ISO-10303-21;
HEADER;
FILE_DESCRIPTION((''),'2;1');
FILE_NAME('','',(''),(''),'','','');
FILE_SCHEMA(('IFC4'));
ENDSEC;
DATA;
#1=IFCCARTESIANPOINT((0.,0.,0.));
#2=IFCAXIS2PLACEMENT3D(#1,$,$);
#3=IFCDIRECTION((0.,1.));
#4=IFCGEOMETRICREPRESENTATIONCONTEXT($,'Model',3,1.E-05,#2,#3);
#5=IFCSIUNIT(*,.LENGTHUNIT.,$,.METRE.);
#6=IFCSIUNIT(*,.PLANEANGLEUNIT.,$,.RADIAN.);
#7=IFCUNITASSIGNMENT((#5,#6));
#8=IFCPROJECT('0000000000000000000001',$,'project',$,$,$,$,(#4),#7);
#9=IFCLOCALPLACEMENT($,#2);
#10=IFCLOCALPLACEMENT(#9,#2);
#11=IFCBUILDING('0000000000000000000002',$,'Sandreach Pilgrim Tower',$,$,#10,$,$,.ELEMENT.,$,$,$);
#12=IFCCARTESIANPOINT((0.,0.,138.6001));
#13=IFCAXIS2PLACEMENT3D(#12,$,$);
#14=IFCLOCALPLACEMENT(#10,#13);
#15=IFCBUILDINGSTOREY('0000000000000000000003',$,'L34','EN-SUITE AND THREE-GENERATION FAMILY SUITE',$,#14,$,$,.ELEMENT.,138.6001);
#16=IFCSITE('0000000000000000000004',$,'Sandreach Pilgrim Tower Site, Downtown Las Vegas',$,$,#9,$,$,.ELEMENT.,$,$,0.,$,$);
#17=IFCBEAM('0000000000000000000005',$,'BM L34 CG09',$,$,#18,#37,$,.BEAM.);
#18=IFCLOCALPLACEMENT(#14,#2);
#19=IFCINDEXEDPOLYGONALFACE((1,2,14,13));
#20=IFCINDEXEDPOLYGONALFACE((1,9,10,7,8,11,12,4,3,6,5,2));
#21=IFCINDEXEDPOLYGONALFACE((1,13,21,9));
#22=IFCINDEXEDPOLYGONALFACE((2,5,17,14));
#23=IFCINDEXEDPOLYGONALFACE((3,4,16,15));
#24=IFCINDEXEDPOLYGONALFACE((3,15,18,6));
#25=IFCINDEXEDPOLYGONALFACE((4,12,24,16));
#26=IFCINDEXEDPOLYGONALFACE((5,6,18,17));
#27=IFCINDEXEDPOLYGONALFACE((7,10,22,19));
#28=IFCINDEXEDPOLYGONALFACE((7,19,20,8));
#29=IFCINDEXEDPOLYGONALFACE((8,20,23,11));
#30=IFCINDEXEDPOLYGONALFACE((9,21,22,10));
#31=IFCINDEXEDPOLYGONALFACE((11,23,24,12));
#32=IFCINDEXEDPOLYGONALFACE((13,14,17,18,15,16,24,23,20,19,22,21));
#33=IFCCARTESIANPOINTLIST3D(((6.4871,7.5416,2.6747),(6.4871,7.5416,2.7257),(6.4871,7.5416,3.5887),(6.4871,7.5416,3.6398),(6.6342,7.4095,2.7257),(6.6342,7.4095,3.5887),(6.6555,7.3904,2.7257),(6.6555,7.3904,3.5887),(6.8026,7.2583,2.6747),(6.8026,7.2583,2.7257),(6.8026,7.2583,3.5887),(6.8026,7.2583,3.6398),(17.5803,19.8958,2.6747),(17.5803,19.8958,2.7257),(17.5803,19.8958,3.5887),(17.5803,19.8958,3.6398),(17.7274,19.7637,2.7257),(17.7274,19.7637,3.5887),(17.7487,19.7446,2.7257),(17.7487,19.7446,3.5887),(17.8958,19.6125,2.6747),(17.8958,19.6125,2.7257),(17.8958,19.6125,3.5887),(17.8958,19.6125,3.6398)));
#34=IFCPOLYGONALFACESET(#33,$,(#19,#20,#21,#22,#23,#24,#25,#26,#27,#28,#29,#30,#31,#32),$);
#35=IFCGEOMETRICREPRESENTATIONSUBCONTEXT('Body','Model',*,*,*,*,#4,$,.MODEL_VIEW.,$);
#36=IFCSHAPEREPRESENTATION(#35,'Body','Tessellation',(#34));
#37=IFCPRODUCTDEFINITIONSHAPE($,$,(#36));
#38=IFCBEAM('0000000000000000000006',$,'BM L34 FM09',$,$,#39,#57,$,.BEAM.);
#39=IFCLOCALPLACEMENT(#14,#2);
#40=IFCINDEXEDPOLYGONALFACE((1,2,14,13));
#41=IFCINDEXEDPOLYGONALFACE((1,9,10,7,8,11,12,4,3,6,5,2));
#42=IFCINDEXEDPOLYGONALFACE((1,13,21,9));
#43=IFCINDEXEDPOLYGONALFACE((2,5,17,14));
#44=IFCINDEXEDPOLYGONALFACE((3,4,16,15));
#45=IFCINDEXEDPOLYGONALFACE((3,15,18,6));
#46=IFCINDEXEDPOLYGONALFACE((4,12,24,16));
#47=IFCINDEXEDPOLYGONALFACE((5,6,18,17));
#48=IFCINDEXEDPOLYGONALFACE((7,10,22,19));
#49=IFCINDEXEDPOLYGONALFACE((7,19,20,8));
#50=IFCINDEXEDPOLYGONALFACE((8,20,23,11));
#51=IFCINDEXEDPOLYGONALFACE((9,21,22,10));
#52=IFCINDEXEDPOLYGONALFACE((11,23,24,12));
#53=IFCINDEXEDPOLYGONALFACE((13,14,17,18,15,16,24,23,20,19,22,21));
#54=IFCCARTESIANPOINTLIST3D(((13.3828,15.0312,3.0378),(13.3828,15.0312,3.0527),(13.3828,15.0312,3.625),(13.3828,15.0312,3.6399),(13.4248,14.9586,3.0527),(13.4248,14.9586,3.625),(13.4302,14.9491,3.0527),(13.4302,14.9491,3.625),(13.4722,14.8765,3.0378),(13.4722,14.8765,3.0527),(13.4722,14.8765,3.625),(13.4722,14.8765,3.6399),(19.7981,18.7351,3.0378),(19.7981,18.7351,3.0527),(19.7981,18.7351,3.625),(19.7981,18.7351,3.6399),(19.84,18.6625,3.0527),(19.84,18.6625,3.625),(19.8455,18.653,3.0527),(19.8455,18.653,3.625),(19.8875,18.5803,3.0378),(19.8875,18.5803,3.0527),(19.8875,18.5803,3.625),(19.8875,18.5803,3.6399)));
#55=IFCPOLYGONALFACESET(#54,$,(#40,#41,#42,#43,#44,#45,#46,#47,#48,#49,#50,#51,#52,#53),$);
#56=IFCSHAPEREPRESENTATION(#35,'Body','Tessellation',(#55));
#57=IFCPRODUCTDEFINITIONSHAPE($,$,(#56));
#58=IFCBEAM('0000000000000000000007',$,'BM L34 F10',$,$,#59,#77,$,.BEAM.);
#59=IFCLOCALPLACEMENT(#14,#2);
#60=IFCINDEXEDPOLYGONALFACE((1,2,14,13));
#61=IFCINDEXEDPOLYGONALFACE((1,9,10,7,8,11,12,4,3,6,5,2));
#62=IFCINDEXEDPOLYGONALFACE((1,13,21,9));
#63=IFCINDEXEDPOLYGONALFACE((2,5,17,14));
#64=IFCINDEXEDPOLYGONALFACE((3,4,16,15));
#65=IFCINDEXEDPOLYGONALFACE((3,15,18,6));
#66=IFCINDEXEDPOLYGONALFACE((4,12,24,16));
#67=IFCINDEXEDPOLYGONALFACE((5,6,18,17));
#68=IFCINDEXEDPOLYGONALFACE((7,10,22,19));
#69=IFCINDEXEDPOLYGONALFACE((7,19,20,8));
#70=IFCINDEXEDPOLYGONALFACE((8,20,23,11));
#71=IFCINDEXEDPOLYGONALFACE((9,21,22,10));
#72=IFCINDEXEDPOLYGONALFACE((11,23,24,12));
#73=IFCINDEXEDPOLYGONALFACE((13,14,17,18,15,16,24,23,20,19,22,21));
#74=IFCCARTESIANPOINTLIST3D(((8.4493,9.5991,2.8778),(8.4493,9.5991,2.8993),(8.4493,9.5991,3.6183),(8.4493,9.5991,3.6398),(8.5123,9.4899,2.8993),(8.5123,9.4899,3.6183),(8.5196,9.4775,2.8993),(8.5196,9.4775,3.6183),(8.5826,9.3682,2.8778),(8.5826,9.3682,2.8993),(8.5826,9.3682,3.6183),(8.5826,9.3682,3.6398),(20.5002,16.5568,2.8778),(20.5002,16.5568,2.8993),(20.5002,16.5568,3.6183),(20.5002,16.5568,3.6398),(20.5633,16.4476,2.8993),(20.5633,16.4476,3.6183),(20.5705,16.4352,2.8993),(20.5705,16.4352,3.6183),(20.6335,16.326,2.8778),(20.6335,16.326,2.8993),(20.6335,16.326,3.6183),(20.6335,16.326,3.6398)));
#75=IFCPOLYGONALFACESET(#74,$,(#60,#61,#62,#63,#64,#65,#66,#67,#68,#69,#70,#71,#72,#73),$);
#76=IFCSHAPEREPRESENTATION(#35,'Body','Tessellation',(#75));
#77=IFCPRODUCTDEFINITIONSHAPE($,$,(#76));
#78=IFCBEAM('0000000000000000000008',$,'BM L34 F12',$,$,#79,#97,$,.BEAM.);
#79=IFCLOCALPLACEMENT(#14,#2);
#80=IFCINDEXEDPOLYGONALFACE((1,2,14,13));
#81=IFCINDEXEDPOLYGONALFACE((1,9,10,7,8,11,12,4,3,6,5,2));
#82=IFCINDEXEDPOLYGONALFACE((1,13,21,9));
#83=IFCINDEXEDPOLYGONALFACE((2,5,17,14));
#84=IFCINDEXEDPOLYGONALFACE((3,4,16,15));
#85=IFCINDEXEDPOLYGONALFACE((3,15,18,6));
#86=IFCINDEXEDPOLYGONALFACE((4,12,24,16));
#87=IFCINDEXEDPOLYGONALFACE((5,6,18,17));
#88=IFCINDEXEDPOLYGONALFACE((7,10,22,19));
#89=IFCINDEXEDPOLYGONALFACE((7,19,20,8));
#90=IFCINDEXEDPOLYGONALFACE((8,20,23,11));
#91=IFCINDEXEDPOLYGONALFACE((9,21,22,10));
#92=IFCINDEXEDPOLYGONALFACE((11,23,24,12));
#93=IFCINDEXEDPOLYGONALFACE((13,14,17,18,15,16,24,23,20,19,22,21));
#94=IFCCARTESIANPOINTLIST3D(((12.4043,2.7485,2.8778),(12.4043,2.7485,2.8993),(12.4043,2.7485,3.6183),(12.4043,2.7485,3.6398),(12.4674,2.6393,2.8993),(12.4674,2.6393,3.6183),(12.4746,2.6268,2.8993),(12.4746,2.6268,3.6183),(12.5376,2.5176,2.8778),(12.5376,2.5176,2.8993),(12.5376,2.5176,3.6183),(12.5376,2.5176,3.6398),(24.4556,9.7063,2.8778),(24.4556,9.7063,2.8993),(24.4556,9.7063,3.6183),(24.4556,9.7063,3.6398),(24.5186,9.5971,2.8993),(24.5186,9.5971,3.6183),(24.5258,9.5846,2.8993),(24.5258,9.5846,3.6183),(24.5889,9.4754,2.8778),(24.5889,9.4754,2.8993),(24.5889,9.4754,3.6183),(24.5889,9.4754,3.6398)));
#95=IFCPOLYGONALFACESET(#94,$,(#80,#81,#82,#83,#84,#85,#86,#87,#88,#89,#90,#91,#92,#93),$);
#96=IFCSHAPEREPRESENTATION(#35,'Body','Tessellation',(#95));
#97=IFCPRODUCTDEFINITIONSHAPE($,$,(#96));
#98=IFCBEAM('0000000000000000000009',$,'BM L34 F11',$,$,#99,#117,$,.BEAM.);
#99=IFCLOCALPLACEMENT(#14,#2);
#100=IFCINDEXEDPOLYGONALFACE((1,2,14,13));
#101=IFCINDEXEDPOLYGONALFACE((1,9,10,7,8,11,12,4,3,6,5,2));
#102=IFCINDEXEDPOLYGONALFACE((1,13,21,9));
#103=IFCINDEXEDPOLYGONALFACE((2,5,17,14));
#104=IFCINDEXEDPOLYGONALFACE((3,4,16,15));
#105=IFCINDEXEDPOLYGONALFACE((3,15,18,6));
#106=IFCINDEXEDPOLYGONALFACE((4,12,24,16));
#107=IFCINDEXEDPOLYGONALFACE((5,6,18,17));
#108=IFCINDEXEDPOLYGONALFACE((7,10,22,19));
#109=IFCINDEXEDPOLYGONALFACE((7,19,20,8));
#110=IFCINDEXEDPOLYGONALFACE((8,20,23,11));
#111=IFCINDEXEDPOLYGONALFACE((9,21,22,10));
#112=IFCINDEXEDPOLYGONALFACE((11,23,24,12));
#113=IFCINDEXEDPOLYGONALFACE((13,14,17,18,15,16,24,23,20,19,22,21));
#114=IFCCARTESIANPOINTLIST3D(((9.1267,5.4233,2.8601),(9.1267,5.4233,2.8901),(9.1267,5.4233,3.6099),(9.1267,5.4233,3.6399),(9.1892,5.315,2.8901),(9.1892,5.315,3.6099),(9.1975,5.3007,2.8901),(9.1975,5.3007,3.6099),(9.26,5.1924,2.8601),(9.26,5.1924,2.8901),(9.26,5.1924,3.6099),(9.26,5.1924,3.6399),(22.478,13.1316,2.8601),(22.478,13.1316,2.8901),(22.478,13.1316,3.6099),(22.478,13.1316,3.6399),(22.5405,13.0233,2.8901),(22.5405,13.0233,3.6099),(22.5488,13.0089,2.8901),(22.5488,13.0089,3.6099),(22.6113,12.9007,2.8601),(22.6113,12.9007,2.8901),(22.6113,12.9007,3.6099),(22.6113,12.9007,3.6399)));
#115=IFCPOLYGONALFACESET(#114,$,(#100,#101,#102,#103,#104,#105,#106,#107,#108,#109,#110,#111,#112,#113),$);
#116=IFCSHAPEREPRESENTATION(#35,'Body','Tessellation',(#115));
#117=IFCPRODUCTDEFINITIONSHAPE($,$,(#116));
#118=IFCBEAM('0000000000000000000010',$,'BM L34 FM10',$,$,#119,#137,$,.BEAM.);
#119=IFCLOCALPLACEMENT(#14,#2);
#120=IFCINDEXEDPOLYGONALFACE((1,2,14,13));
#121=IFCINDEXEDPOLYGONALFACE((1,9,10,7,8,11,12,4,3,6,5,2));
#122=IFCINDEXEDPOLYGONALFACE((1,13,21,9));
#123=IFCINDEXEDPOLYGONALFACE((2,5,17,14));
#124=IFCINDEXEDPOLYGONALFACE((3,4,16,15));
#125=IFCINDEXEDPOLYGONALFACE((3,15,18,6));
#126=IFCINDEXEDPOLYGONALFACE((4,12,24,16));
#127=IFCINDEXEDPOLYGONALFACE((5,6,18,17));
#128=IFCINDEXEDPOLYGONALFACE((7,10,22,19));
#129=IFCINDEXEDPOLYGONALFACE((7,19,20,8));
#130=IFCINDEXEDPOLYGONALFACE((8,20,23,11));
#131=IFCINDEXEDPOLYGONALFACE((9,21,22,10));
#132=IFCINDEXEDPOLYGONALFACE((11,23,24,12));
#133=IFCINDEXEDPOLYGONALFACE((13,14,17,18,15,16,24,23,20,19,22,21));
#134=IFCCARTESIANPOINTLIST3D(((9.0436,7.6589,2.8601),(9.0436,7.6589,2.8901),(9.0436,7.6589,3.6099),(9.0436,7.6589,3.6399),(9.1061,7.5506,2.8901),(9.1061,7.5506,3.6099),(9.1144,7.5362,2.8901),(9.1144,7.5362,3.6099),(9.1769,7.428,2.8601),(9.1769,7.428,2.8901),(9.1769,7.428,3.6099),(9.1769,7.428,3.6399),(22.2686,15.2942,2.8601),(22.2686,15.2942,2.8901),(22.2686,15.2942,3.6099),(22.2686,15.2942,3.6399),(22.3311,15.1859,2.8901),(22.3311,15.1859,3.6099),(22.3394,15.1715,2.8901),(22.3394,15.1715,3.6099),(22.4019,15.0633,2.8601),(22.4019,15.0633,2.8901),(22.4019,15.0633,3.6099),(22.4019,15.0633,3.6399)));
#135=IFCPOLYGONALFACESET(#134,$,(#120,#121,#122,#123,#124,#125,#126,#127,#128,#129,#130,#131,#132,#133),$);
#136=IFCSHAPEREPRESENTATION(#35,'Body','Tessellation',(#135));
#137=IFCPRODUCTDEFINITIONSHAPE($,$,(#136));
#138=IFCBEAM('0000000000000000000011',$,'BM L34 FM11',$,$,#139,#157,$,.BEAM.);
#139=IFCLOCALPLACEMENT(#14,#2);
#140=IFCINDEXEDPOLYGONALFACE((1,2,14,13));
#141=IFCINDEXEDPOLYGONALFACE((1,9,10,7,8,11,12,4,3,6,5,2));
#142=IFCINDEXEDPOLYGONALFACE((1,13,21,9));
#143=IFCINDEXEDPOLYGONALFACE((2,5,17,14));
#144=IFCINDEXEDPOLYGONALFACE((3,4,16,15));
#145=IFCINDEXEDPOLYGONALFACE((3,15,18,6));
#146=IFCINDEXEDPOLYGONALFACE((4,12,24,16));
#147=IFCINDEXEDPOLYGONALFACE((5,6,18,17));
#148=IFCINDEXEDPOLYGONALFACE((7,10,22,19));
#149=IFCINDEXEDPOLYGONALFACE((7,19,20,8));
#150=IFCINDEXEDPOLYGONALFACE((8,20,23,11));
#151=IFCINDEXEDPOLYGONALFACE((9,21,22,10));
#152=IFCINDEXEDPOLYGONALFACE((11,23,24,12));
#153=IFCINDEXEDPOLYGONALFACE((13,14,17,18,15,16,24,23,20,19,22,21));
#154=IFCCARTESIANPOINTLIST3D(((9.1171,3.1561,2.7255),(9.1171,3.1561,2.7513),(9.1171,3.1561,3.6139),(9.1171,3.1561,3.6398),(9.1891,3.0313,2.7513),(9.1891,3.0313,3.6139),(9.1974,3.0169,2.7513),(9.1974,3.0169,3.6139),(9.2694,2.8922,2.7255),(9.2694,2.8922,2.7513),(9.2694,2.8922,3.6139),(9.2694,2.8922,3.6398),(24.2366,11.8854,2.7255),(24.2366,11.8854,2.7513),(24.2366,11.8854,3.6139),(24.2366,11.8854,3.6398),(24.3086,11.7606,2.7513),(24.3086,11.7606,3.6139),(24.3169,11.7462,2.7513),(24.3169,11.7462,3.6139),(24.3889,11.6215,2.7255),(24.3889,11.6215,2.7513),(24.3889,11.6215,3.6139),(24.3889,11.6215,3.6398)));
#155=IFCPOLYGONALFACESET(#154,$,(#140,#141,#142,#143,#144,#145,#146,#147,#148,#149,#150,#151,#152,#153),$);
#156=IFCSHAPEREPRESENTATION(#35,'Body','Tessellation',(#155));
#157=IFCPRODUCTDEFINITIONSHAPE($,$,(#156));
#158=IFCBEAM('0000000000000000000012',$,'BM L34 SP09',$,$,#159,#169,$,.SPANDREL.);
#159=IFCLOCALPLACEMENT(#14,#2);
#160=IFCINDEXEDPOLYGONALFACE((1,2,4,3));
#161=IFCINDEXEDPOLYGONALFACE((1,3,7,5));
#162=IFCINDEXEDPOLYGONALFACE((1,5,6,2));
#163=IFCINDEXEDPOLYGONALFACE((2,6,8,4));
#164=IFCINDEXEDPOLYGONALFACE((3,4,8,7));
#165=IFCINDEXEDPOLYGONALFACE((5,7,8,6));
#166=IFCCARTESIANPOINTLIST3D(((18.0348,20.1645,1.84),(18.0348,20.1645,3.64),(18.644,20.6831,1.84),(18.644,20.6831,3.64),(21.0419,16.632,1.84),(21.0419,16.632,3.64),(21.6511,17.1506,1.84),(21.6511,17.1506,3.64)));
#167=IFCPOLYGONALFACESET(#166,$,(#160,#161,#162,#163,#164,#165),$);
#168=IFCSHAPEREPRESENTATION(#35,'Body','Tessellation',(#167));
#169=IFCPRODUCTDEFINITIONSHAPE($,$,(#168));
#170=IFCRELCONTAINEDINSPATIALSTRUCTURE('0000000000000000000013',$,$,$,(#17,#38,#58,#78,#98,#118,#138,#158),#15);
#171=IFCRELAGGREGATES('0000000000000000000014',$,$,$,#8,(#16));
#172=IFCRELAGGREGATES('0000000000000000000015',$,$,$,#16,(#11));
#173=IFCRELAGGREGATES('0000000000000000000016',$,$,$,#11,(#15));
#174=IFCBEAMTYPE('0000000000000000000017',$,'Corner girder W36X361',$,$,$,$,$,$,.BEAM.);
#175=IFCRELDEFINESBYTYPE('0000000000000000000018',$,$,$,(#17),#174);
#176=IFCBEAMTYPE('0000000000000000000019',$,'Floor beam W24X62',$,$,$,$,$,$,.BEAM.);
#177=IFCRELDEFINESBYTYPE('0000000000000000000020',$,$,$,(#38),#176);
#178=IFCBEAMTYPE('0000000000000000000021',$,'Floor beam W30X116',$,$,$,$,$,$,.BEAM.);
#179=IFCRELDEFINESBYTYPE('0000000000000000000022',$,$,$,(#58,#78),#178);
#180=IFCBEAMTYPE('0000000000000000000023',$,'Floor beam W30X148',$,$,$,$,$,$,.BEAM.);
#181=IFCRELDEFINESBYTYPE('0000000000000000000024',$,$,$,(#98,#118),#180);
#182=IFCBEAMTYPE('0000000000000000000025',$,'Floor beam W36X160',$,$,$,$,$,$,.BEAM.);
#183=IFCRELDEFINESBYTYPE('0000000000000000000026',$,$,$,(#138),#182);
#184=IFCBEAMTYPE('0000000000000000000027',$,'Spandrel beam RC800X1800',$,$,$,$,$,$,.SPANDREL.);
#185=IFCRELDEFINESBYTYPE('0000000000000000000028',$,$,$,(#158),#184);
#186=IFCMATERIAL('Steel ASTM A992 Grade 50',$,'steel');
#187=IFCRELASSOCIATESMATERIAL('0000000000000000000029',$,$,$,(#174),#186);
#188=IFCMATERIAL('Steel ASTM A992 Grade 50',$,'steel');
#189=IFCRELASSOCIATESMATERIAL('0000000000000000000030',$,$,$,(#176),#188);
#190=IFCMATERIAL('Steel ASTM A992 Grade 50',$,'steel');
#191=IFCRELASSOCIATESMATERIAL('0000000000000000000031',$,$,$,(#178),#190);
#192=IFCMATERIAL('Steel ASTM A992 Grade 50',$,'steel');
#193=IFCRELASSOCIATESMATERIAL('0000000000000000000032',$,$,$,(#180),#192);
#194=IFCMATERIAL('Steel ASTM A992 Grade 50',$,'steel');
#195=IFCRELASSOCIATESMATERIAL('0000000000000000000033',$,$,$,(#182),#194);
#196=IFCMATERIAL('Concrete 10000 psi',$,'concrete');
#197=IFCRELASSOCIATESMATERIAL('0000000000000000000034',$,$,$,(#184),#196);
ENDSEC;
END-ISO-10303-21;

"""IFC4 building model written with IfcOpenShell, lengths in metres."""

from ifc_helpers import new_model, si_unit, direction, frame, origin, origin_2d, place, context, subcontext, project, spatial, rectangle, i_section, extrude, material, material_profile, profile_set, type_object, element, save


model = new_model("IFC4")

# Units and contexts
model_context = context("Model", 3, precision=1e-05, world=origin(), true_north=direction((0.0, 1.0)))
body_context = subcontext(model_context, "Body", "Model", "MODEL_VIEW")
ifc_project = project(units=[si_unit("LENGTHUNIT", "METRE"), si_unit("PLANEANGLEUNIT", "RADIAN")], contexts=[model_context])

# Site, building, storey
site_placement = place(None, origin())
site = spatial("IfcSite", under=ifc_project, at=site_placement, Name="Sandreach Pilgrim Tower Site, Downtown Las Vegas", CompositionType="ELEMENT", RefElevation=0.0)
building_placement = place(site_placement, origin())
building = spatial("IfcBuilding", under=site, at=building_placement, Name="Sandreach Pilgrim Tower", CompositionType="ELEMENT")
storey_placement = place(building_placement, frame((0.0, 0.0, 138.6001)))
storey = spatial("IfcBuildingStorey", under=building, at=storey_placement, Name="L34", Description="EN-SUITE AND THREE-GENERATION FAMILY SUITE", CompositionType="ELEMENT", Elevation=138.6001)

# Beams
ifc_material_1 = material(Name="Steel ASTM A992 Grade 50", Category="steel")
ifc_material_profile_1 = material_profile(ifc_material_1, i_section(OverallWidth=0.4241, OverallDepth=0.9651, WebThickness=0.0286, FlangeThickness=0.051, at=origin_2d()), Name="W36X361")
ifc_profile_set_1 = profile_set([ifc_material_profile_1], Name="Steel ASTM A992 Grade 50")
beam_type_1 = type_object("IfcBeamType", Name="Corner girder W36X361", PredefinedType="BEAM", material=ifc_profile_set_1)
beam_1_placement = place(storey_placement, frame((17.738, 19.7542, 3.1572), z_axis=(-0.668114, -0.744059, 0.0), x_axis=(0.744059, -0.668114, 0.0)))
element("IfcBeam", 1, at=beam_1_placement, inside=storey, type_object=beam_type_1, Name="BM L34 CG09", PredefinedType="BEAM", context=body_context, shape_type="SweptSolid", body=[
    extrude(i_section(OverallWidth=0.4241, OverallDepth=0.9651, WebThickness=0.0286, FlangeThickness=0.051, at=origin_2d()), origin(), (0.0, 0.0, 1.0), 16.6038),
])
ifc_material_2 = material(Name="Steel ASTM A992 Grade 50", Category="steel")
ifc_material_profile_2 = material_profile(ifc_material_2, i_section(OverallWidth=0.1787, OverallDepth=0.6021, WebThickness=0.011, FlangeThickness=0.0149, at=origin_2d()), Name="W24X62")
ifc_profile_set_2 = profile_set([ifc_material_profile_2], Name="Steel ASTM A992 Grade 50")
beam_type_2 = type_object("IfcBeamType", Name="Floor beam W24X62", PredefinedType="BEAM", material=ifc_profile_set_2)
beam_2_placement = place(storey_placement, frame((19.8428, 18.6577, 3.3389), z_axis=(-0.866026, -0.499999, 0.0), x_axis=(0.499999, -0.866026, 0.0)))
element("IfcBeam", 2, at=beam_2_placement, inside=storey, type_object=beam_type_2, Name="BM L34 FM09", PredefinedType="BEAM", context=body_context, shape_type="SweptSolid", body=[
    extrude(i_section(OverallWidth=0.1787, OverallDepth=0.6021, WebThickness=0.011, FlangeThickness=0.0149, at=origin_2d()), origin(), (0.0, 0.0, 1.0), 7.4077),
])
ifc_material_3 = material(Name="Steel ASTM A992 Grade 50", Category="steel")
ifc_material_profile_3 = material_profile(ifc_material_3, i_section(OverallWidth=0.2666, OverallDepth=0.762, WebThickness=0.0144, FlangeThickness=0.0215, at=origin_2d()), Name="W30X116")
ifc_profile_set_3 = profile_set([ifc_material_profile_3], Name="Steel ASTM A992 Grade 50")
beam_type_3 = type_object("IfcBeamType", Name="Floor beam W30X116", PredefinedType="BEAM", material=ifc_profile_set_3)
beam_3_placement = place(storey_placement, frame((20.5669, 16.4414, 3.2588), z_axis=(-0.866022, -0.500005, 0.0), x_axis=(0.500005, -0.866022, 0.0)))
element("IfcBeam", 3, at=beam_3_placement, inside=storey, type_object=beam_type_3, Name="BM L34 F10", PredefinedType="BEAM", context=body_context, shape_type="SweptSolid", body=[
    extrude(i_section(OverallWidth=0.2666, OverallDepth=0.762, WebThickness=0.0144, FlangeThickness=0.0215, at=origin_2d()), origin(), (0.0, 0.0, 1.0), 13.9153),
])
beam_4_placement = place(storey_placement, frame((24.5222, 9.5908, 3.2588), z_axis=(-0.866027, -0.499998, 0.0), x_axis=(0.499998, -0.866027, 0.0)))
element("IfcBeam", 4, at=beam_4_placement, inside=storey, type_object=beam_type_3, Name="BM L34 F12", PredefinedType="BEAM", context=body_context, shape_type="SweptSolid", body=[
    extrude(i_section(OverallWidth=0.2666, OverallDepth=0.762, WebThickness=0.0144, FlangeThickness=0.0215, at=origin_2d()), origin(), (0.0, 0.0, 1.0), 13.9155),
])
ifc_material_4 = material(Name="Steel ASTM A992 Grade 50", Category="steel")
ifc_material_profile_4 = material_profile(ifc_material_4, i_section(OverallWidth=0.2666, OverallDepth=0.7798, WebThickness=0.0166, FlangeThickness=0.03, at=origin_2d()), Name="W30X148")
ifc_profile_set_4 = profile_set([ifc_material_profile_4], Name="Steel ASTM A992 Grade 50")
beam_type_4 = type_object("IfcBeamType", Name="Floor beam W30X148", PredefinedType="BEAM", material=ifc_profile_set_4)
beam_5_placement = place(storey_placement, frame((22.5447, 13.0161, 3.25), z_axis=(-0.866029, -0.499993, 0.0), x_axis=(0.499993, -0.866029, 0.0)))
element("IfcBeam", 5, at=beam_5_placement, inside=storey, type_object=beam_type_4, Name="BM L34 F11", PredefinedType="BEAM", context=body_context, shape_type="SweptSolid", body=[
    extrude(i_section(OverallWidth=0.2666, OverallDepth=0.7798, WebThickness=0.0166, FlangeThickness=0.03, at=origin_2d()), origin(), (0.0, 0.0, 1.0), 15.4167),
])
beam_6_placement = place(storey_placement, frame((22.3352, 15.1787, 3.25), z_axis=(-0.866029, -0.499994, 0.0), x_axis=(0.499994, -0.866029, 0.0)))
element("IfcBeam", 6, at=beam_6_placement, inside=storey, type_object=beam_type_4, Name="BM L34 FM10", PredefinedType="BEAM", context=body_context, shape_type="SweptSolid", body=[
    extrude(i_section(OverallWidth=0.2666, OverallDepth=0.7798, WebThickness=0.0166, FlangeThickness=0.03, at=origin_2d()), origin(), (0.0, 0.0, 1.0), 15.2708),
])
ifc_material_5 = material(Name="Steel ASTM A992 Grade 50", Category="steel")
ifc_material_profile_5 = material_profile(ifc_material_5, i_section(OverallWidth=0.3047, OverallDepth=0.9143, WebThickness=0.0166, FlangeThickness=0.0259, at=origin_2d()), Name="W36X160")
ifc_profile_set_5 = profile_set([ifc_material_profile_5], Name="Steel ASTM A992 Grade 50")
beam_type_5 = type_object("IfcBeamType", Name="Floor beam W36X160", PredefinedType="BEAM", material=ifc_profile_set_5)
beam_7_placement = place(storey_placement, frame((24.3127, 11.7534, 3.1826), z_axis=(-0.866024, -0.500003, 0.0), x_axis=(0.500003, -0.866024, 0.0)))
element("IfcBeam", 7, at=beam_7_placement, inside=storey, type_object=beam_type_5, Name="BM L34 FM11", PredefinedType="BEAM", context=body_context, shape_type="SweptSolid", body=[
    extrude(i_section(OverallWidth=0.3047, OverallDepth=0.9143, WebThickness=0.0166, FlangeThickness=0.0259, at=origin_2d()), origin(), (0.0, 0.0, 1.0), 17.4585),
])
ifc_material_6 = material(Name="Concrete 10000 psi", Category="concrete")
ifc_material_profile_6 = material_profile(ifc_material_6, rectangle(XDim=0.8, YDim=1.8, at=origin_2d()), Name="RC800X1800")
ifc_profile_set_6 = profile_set([ifc_material_profile_6], Name="Concrete 10000 psi")
beam_type_6 = type_object("IfcBeamType", Name="Spandrel beam RC800X1800", PredefinedType="SPANDREL", material=ifc_profile_set_6)
beam_8_placement = place(storey_placement, frame((18.3394, 20.4238, 2.74), z_axis=(0.648209, -0.761463, 0.0), x_axis=(0.761463, 0.648209, 0.0)))
element("IfcBeam", 8, at=beam_8_placement, inside=storey, type_object=beam_type_6, Name="BM L34 SP09", PredefinedType="SPANDREL", context=body_context, shape_type="SweptSolid", body=[
    extrude(rectangle(XDim=0.8, YDim=1.8, at=origin_2d()), origin(), (0.0, 0.0, 1.0), 4.6392),
])

save(model, "model.ifc")
